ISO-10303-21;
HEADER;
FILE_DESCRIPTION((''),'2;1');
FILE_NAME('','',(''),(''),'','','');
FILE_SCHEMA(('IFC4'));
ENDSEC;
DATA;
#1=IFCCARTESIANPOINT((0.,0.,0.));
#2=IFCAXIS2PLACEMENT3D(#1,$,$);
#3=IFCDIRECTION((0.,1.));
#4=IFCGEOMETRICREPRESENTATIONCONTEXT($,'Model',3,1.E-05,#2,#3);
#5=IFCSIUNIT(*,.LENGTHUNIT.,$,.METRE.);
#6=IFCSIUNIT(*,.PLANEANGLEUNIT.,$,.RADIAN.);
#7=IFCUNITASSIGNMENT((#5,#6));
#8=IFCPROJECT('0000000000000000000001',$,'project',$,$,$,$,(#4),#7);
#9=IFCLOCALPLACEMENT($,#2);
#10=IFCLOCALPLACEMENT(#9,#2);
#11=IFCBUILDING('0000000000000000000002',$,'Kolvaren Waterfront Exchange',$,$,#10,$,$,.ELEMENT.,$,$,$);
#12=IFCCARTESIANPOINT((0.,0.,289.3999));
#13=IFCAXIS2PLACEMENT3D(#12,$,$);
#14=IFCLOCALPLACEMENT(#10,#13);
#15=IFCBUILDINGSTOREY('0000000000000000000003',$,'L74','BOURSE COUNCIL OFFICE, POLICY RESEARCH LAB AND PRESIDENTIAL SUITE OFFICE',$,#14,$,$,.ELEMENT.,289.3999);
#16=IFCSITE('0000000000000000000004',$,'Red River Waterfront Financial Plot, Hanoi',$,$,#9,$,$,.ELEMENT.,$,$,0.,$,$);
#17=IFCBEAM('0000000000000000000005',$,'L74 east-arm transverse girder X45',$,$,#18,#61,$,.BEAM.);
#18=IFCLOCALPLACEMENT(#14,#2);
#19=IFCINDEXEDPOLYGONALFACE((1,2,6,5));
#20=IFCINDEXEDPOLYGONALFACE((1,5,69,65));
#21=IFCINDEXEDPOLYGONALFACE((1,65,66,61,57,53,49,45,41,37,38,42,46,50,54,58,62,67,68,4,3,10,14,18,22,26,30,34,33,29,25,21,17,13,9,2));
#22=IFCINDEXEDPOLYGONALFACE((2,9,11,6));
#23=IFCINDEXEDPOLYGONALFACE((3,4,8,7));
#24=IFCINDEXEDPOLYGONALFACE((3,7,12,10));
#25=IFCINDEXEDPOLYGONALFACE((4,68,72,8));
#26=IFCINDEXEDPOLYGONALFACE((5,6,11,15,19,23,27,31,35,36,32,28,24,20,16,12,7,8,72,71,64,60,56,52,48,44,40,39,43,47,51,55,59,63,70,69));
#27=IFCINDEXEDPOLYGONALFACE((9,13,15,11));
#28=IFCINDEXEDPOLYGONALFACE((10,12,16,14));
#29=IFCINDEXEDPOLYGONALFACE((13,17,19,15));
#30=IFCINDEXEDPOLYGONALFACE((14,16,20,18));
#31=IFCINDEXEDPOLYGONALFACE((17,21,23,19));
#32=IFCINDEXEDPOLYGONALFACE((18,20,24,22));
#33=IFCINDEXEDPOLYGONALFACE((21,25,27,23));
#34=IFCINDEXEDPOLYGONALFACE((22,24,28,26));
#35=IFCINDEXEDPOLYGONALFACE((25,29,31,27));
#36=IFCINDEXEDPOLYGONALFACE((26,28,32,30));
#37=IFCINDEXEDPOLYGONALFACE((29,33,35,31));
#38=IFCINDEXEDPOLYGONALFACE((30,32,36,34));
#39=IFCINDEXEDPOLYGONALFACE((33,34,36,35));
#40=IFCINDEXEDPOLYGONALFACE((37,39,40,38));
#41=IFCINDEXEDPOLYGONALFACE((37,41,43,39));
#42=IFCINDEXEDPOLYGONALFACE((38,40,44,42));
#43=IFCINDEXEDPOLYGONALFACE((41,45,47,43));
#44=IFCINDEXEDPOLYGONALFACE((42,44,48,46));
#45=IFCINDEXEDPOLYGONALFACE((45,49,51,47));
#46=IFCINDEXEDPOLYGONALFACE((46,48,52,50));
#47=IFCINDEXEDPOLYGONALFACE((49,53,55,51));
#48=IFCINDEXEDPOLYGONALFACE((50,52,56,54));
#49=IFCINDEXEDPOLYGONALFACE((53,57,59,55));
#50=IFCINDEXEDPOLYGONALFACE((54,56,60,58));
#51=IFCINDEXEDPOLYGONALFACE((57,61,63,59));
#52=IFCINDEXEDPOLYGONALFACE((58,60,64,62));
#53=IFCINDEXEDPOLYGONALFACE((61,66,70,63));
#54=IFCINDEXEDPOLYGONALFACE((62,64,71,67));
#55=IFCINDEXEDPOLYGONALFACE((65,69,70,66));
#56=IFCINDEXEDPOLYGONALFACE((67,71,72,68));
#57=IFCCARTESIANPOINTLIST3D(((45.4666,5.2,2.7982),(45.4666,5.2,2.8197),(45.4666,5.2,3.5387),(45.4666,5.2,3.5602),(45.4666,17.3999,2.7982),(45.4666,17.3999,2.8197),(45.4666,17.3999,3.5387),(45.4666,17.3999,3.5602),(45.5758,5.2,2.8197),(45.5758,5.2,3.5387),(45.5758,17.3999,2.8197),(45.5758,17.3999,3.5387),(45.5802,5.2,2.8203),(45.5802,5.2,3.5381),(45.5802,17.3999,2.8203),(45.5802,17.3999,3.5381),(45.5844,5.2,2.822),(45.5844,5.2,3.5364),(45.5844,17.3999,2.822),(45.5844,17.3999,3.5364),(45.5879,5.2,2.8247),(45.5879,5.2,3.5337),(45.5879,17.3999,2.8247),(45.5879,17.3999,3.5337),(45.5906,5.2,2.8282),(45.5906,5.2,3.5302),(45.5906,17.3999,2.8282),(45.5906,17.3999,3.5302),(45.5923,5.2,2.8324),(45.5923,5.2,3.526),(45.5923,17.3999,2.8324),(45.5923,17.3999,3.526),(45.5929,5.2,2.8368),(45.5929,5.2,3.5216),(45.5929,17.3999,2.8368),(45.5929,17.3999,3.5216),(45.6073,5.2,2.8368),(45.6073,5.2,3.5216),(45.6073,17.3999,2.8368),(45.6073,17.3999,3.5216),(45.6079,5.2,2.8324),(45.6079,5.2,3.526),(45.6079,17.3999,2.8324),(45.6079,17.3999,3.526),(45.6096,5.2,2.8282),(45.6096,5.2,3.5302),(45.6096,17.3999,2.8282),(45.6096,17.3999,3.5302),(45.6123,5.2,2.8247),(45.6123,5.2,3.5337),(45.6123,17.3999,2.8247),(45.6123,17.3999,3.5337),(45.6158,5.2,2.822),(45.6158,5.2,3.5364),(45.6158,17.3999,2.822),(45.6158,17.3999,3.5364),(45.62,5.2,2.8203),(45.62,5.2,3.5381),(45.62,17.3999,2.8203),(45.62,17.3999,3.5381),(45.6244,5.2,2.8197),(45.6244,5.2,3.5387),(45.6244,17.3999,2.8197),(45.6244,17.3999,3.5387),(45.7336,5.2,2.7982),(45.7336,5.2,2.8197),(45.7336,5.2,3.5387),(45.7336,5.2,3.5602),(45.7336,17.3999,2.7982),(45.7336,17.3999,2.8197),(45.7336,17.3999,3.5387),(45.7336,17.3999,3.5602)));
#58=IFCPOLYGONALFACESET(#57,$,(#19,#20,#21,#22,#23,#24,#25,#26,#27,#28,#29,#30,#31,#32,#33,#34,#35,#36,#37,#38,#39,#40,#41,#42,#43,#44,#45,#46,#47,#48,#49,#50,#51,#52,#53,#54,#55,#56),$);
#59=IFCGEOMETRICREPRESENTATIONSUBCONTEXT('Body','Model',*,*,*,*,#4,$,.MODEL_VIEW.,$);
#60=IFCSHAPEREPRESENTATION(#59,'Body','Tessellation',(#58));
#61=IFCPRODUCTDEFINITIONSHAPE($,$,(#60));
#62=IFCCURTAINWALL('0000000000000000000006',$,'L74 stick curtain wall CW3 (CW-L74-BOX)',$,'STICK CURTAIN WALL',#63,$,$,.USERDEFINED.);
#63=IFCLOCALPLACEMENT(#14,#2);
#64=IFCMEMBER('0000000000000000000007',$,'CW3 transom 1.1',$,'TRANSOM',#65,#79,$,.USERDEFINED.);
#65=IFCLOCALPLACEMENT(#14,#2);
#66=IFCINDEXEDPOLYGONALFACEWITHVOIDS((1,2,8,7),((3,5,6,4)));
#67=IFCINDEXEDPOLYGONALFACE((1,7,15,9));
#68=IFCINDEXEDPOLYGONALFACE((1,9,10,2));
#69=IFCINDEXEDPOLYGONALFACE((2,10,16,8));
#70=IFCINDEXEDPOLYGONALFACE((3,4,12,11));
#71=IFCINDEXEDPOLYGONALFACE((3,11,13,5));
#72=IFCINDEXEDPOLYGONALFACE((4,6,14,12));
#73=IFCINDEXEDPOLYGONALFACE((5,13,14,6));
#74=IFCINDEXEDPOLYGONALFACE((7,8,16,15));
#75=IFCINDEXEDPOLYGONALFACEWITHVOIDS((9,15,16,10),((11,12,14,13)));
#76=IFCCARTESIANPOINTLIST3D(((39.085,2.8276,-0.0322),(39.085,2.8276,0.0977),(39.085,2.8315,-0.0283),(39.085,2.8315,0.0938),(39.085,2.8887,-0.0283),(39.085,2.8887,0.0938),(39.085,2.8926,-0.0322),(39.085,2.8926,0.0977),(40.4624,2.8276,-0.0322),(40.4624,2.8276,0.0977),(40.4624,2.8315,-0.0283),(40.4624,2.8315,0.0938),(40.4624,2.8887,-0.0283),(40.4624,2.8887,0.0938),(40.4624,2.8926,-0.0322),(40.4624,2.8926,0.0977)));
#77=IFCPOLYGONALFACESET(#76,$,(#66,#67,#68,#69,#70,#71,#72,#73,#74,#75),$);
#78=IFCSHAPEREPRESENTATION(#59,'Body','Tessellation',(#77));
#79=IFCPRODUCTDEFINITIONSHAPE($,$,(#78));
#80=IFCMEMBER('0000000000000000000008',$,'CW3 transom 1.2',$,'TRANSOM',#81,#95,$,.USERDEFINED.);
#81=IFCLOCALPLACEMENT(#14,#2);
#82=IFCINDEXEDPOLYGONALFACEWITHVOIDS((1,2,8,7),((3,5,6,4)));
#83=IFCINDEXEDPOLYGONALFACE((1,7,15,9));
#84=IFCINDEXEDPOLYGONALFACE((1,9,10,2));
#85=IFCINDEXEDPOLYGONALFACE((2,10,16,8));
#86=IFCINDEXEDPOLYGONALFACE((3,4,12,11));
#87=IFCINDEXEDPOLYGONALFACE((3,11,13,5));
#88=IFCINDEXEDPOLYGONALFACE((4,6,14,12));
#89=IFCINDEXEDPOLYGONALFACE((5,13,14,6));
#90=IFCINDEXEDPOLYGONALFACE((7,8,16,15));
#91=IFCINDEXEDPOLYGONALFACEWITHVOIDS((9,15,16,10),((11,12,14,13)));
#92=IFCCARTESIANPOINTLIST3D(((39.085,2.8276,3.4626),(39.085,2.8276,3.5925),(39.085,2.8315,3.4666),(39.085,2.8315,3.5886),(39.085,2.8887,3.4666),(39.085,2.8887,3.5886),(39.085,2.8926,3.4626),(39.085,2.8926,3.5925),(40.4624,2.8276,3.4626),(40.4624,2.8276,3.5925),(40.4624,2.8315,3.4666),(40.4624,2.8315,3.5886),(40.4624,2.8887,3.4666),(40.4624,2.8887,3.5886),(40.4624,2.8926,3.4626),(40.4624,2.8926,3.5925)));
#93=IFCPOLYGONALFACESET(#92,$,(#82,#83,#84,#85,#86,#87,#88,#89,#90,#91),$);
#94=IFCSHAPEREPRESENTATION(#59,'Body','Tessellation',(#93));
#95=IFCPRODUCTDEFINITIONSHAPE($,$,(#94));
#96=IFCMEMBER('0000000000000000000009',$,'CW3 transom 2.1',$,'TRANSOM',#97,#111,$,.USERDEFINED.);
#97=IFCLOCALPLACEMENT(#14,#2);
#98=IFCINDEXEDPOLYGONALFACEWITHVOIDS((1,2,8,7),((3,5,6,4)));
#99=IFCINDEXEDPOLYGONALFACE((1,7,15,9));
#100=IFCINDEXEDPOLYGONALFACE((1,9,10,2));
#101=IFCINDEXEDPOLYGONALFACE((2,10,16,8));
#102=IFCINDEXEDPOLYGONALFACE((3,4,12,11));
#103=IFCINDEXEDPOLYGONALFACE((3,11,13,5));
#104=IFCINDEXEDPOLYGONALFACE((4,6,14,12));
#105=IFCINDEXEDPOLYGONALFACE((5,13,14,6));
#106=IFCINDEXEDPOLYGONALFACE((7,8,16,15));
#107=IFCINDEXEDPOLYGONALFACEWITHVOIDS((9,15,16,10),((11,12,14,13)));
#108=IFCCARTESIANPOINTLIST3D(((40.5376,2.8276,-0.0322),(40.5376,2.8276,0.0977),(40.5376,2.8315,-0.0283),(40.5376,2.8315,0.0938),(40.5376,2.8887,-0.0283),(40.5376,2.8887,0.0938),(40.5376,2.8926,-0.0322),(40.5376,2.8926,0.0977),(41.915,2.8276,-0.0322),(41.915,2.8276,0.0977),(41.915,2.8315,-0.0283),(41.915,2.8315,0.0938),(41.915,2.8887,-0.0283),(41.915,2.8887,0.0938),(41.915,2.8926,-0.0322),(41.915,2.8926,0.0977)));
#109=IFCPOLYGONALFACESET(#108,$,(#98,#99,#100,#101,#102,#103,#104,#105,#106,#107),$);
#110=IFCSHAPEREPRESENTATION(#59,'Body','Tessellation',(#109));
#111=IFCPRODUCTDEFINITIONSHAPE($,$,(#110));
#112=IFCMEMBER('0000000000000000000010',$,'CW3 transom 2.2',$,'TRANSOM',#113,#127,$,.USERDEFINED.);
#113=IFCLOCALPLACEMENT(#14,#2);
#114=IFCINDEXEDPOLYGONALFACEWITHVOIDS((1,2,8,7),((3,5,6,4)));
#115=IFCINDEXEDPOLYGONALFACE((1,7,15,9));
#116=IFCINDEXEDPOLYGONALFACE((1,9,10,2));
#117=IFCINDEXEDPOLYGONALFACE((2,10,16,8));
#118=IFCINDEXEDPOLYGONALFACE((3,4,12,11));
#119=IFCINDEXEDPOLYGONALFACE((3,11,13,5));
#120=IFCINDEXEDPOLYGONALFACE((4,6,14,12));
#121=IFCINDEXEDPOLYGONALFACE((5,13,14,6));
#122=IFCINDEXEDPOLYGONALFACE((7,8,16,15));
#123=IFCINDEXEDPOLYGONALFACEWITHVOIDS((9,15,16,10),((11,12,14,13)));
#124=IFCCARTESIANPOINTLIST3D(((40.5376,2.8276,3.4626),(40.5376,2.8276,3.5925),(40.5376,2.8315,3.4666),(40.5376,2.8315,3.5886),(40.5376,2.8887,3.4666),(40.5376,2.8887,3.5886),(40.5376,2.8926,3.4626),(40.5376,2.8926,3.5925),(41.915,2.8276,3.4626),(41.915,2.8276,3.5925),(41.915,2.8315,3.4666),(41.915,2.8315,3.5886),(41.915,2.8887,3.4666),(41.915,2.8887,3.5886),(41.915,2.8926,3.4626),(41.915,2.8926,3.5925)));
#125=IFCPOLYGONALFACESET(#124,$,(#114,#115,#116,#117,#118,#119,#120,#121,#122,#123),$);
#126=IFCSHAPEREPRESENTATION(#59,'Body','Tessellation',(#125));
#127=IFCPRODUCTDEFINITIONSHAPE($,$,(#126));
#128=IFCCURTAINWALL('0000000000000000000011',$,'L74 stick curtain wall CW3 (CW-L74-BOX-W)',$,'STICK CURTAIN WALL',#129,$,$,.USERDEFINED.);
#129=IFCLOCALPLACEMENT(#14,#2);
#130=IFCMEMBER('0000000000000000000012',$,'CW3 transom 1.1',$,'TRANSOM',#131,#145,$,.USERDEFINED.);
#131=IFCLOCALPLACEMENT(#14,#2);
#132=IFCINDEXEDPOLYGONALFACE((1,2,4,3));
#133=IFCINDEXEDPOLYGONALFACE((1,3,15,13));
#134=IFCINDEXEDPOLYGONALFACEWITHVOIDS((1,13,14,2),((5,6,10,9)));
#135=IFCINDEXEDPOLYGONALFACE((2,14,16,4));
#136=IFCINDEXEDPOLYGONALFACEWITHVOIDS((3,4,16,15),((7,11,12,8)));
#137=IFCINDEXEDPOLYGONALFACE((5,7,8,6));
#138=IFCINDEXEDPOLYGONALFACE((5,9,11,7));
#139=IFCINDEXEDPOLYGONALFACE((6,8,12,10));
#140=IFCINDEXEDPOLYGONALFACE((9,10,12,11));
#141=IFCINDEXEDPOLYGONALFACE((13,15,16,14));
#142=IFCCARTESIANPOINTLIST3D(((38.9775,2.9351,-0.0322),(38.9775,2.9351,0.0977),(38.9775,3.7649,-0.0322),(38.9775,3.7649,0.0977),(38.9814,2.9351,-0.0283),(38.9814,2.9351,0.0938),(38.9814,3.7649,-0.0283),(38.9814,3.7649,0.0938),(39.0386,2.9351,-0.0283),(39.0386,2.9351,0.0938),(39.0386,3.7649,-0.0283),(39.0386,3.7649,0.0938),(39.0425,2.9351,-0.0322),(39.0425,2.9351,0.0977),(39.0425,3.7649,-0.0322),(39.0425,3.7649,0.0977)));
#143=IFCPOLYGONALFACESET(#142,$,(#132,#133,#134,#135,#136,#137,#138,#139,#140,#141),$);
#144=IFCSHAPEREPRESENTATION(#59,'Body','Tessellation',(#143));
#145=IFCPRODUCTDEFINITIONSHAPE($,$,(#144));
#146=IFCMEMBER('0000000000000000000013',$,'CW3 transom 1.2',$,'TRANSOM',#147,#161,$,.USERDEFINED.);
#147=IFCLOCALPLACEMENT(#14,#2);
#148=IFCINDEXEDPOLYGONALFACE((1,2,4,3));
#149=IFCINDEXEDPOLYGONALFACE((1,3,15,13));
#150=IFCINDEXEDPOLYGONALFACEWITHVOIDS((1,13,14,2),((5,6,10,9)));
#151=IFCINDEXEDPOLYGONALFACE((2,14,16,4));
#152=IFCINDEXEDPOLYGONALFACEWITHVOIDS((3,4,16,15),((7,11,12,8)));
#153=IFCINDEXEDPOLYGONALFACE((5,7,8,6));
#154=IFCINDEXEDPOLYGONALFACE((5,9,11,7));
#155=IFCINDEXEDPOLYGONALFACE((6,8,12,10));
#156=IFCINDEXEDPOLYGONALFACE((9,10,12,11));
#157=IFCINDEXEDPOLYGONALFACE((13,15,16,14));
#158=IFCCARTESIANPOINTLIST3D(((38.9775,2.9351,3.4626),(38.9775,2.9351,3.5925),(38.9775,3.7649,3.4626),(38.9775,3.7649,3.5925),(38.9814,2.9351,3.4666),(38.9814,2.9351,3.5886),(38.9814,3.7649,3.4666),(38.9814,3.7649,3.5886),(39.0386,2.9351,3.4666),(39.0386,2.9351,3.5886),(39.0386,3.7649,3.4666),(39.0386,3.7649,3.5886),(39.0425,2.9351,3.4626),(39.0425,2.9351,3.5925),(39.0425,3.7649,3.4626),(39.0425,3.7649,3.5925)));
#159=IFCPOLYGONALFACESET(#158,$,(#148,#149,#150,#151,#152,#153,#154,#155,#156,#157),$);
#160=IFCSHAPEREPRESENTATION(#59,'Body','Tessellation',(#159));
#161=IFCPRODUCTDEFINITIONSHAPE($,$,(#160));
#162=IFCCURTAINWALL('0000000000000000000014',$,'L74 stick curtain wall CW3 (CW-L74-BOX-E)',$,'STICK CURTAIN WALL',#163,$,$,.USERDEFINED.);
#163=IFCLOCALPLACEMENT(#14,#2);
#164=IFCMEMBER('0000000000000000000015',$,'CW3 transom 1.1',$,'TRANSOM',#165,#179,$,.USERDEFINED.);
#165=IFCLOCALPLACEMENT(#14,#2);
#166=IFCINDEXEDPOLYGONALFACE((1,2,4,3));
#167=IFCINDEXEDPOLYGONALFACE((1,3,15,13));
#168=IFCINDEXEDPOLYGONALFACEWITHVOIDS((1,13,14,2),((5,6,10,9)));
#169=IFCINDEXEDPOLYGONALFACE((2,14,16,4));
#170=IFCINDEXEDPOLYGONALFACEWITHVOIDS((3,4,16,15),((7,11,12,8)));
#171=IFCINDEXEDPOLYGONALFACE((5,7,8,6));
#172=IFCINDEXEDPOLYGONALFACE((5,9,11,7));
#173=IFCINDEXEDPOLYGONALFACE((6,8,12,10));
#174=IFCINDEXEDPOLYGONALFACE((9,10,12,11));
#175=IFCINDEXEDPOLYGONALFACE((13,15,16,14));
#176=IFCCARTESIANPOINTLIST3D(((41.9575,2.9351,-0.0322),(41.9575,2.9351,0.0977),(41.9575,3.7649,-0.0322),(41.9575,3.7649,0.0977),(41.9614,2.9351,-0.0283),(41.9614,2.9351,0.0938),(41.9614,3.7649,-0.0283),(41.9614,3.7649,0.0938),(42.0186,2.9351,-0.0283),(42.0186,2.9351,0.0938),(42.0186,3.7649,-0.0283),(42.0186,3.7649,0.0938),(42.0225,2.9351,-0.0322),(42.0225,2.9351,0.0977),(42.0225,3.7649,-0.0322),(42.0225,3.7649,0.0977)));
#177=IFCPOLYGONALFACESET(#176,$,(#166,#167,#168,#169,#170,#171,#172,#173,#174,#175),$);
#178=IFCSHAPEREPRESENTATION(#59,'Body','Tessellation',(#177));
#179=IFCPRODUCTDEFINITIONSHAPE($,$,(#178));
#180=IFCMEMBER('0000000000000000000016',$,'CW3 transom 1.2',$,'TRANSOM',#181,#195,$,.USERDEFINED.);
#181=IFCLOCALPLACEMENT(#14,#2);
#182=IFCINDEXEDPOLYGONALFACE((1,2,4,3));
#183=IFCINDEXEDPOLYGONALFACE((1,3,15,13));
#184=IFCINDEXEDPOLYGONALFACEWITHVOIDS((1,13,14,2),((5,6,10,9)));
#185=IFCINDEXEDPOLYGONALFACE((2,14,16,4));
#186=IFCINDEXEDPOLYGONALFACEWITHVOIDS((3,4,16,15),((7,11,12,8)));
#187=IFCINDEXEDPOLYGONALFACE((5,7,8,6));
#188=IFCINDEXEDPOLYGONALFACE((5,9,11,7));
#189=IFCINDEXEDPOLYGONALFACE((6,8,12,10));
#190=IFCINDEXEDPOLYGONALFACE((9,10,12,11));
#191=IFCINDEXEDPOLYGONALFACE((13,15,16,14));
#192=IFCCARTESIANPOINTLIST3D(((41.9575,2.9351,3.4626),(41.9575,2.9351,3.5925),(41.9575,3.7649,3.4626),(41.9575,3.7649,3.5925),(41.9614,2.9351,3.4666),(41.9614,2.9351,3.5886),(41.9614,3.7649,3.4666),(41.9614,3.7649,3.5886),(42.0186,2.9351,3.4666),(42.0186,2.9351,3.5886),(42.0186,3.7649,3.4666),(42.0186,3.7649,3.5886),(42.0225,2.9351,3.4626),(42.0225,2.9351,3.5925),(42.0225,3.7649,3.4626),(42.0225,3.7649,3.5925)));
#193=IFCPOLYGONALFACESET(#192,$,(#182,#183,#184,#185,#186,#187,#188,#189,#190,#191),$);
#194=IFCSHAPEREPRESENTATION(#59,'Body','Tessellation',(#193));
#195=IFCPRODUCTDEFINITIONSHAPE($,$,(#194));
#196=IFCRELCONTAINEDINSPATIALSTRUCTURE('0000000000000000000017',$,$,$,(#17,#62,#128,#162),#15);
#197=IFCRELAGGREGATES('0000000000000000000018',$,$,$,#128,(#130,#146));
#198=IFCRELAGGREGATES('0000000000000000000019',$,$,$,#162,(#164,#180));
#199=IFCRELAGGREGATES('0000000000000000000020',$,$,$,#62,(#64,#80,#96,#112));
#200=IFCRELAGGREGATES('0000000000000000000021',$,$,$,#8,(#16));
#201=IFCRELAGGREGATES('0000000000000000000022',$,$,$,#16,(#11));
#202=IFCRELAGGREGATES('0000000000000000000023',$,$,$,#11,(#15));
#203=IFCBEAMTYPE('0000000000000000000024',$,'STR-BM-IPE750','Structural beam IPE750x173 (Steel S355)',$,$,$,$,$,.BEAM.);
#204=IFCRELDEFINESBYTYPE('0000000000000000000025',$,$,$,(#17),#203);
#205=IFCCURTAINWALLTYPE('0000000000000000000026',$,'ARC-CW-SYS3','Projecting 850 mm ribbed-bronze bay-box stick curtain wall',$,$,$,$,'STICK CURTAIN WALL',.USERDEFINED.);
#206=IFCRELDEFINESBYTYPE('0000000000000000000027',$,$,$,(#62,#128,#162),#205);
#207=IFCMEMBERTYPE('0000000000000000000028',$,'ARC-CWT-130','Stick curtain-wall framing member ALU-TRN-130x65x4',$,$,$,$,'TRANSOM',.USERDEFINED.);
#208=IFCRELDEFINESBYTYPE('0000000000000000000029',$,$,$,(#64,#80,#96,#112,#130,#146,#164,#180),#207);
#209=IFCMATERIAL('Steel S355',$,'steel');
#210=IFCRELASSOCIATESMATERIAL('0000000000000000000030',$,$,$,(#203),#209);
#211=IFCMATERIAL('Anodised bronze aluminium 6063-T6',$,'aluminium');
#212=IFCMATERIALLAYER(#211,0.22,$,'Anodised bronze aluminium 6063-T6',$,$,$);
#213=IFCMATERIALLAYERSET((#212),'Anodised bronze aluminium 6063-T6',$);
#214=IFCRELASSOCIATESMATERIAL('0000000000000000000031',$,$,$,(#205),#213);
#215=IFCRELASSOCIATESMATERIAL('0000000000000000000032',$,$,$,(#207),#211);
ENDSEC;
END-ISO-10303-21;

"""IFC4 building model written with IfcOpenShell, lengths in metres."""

from ifc_helpers import new_model, si_unit, direction, frame, origin, origin_with_axes, origin_2d, place, context, subcontext, project, spatial, hollow_rectangle, i_section, extrude, source, transform, mapped, material, layer, layer_set, material_profile, profile_set, type_object, element, aggregate, save


model = new_model("IFC4")

# Units and contexts
model_context = context("Model", 3, precision=1e-05, world=origin(), true_north=direction((0.0, 1.0)))
body_context = subcontext(model_context, "Body", "Model", "MODEL_VIEW")
ifc_project = project(units=[si_unit("LENGTHUNIT", "METRE"), si_unit("PLANEANGLEUNIT", "RADIAN")], contexts=[model_context])

# Site, building, storey
site_placement = place(None, origin())
site = spatial("IfcSite", under=ifc_project, at=site_placement, Name="Red River Waterfront Financial Plot, Hanoi", CompositionType="ELEMENT", RefElevation=0.0)
building_placement = place(site_placement, origin())
building = spatial("IfcBuilding", under=site, at=building_placement, Name="Kolvaren Waterfront Exchange", CompositionType="ELEMENT")
storey_placement = place(building_placement, frame((0.0, 0.0, 289.3999)))
storey = spatial("IfcBuildingStorey", under=building, at=storey_placement, Name="L74", Description="BOURSE COUNCIL OFFICE, POLICY RESEARCH LAB AND PRESIDENTIAL SUITE OFFICE", CompositionType="ELEMENT", Elevation=289.3999)

# Beam
ifc_material_1 = material(Name="Steel S355", Category="steel")
ifc_material_profile_1 = material_profile(ifc_material_1, i_section(OverallWidth=0.2671, OverallDepth=0.762, WebThickness=0.0144, FlangeThickness=0.0215, FilletRadius=0.0171, at=origin_2d()), Name="IPE750x173")
ifc_profile_set_1 = profile_set([ifc_material_profile_1], Name="Steel S355")
beam_type_1 = type_object("IfcBeamType", Name="STR-BM-IPE750", Description="Structural beam IPE750x173 (Steel S355)", PredefinedType="BEAM", material=ifc_profile_set_1)
for number, where, z_axis, x_axis, name in (
    (1, (45.6001, 5.2, 3.1792), (0.0, 1.0, 0.0), (-1.0, 0.0, 0.0), "L74 east-arm transverse girder X45"),
):
    element("IfcBeam", number, at=place(storey_placement, frame(where, z_axis=z_axis, x_axis=x_axis)), inside=storey, type_object=beam_type_1, Name=name, PredefinedType="BEAM", context=body_context, shape_type="SweptSolid", body=[
        extrude(i_section(OverallWidth=0.2671, OverallDepth=0.762, WebThickness=0.0144, FlangeThickness=0.0215, FilletRadius=0.0171, at=origin_2d()), origin(), (0.0, 0.0, 1.0), 12.2),
    ])

# Curtain walls, members
ifc_material_2 = material(Name="Anodised bronze aluminium 6063-T6", Category="aluminium")
ifc_layer_1 = layer(ifc_material_2, 0.22, Name="Anodised bronze aluminium 6063-T6")
ifc_layer_set_1 = layer_set([ifc_layer_1], Name="Anodised bronze aluminium 6063-T6")
curtain_wall_type_1 = type_object("IfcCurtainWallType", Name="ARC-CW-SYS3", Description="Projecting 850 mm ribbed-bronze bay-box stick curtain wall", ElementType="STICK CURTAIN WALL", PredefinedType="USERDEFINED", material=ifc_layer_set_1)
curtain_wall_1_placement = place(storey_placement, origin())
curtain_wall_1 = element("IfcCurtainWall", 2, at=curtain_wall_1_placement, inside=storey, type_object=curtain_wall_type_1, Name="L74 stick curtain wall CW3 (CW-L74-BOX)", ObjectType="STICK CURTAIN WALL", PredefinedType="USERDEFINED")
ifc_material_profile_2 = material_profile(ifc_material_2, hollow_rectangle(XDim=0.0649, YDim=0.1299, WallThickness=0.0039, at=origin_2d()), Name="ALU-TRN-130x65x4")
ifc_profile_set_2 = profile_set([ifc_material_profile_2], Name="Anodised bronze aluminium 6063-T6")
member_type_1 = type_object("IfcMemberType", Name="ARC-CWT-130", Description="Stick curtain-wall framing member ALU-TRN-130x65x4", ElementType="TRANSOM", PredefinedType="USERDEFINED", material=ifc_profile_set_2)
shared_shape_1 = source(origin_with_axes(), body_context, "Body", "SweptSolid", [
    extrude(hollow_rectangle(XDim=0.0649, YDim=0.1299, WallThickness=0.0039, at=origin_2d()), origin(), (0.0, 0.0, 1.0), 1.3774),
])
member_1_placement = place(storey_placement, frame((39.085, 2.8601, 0.0327), z_axis=(1.0, 0.0, 0.0), x_axis=(0.0, 1.0, 0.0)))
member_1 = element("IfcMember", 3, at=member_1_placement, type_object=member_type_1, Name="CW3 transom 1.1", ObjectType="TRANSOM", PredefinedType="USERDEFINED", context=body_context, shape_type="MappedRepresentation", body=[
    mapped(shared_shape_1, transform((0.0, 0.0, 0.0), x_axis=(1.0, 0.0, 0.0), y_axis=(0.0, 1.0, 0.0), z_axis=(0.0, 0.0, 1.0), scale=1.0)),
])
member_2_placement = place(storey_placement, frame((39.085, 2.8601, 3.5276), z_axis=(1.0, 0.0, 0.0), x_axis=(0.0, 1.0, 0.0)))
member_2 = element("IfcMember", 4, at=member_2_placement, type_object=member_type_1, Name="CW3 transom 1.2", ObjectType="TRANSOM", PredefinedType="USERDEFINED", context=body_context, shape_type="MappedRepresentation", body=[
    mapped(shared_shape_1, transform((0.0, 0.0, 0.0), x_axis=(1.0, 0.0, 0.0), y_axis=(0.0, 1.0, 0.0), z_axis=(0.0, 0.0, 1.0), scale=1.0)),
])
member_3_placement = place(storey_placement, frame((40.5376, 2.8601, 0.0327), z_axis=(1.0, 0.0, 0.0), x_axis=(0.0, 1.0, 0.0)))
member_3 = element("IfcMember", 5, at=member_3_placement, type_object=member_type_1, Name="CW3 transom 2.1", ObjectType="TRANSOM", PredefinedType="USERDEFINED", context=body_context, shape_type="MappedRepresentation", body=[
    mapped(shared_shape_1, transform((0.0, 0.0, 0.0), x_axis=(1.0, 0.0, 0.0), y_axis=(0.0, 1.0, 0.0), z_axis=(0.0, 0.0, 1.0), scale=1.0)),
])
member_4_placement = place(storey_placement, frame((40.5376, 2.8601, 3.5276), z_axis=(1.0, 0.0, 0.0), x_axis=(0.0, 1.0, 0.0)))
member_4 = element("IfcMember", 6, at=member_4_placement, type_object=member_type_1, Name="CW3 transom 2.2", ObjectType="TRANSOM", PredefinedType="USERDEFINED", context=body_context, shape_type="MappedRepresentation", body=[
    mapped(shared_shape_1, transform((0.0, 0.0, 0.0), x_axis=(1.0, 0.0, 0.0), y_axis=(0.0, 1.0, 0.0), z_axis=(0.0, 0.0, 1.0), scale=1.0)),
])
curtain_wall_2_placement = place(storey_placement, origin())
curtain_wall_2 = element("IfcCurtainWall", 7, at=curtain_wall_2_placement, inside=storey, type_object=curtain_wall_type_1, Name="L74 stick curtain wall CW3 (CW-L74-BOX-W)", ObjectType="STICK CURTAIN WALL", PredefinedType="USERDEFINED")
shared_shape_2 = source(origin_with_axes(), body_context, "Body", "SweptSolid", [
    extrude(hollow_rectangle(XDim=0.0649, YDim=0.1299, WallThickness=0.0039, at=origin_2d()), origin(), (0.0, 0.0, 1.0), 0.8298),
])
member_5_placement = place(storey_placement, frame((39.01, 3.7649, 0.0327), z_axis=(0.0, -1.0, 0.0), x_axis=(1.0, 0.0, 0.0)))
member_5 = element("IfcMember", 8, at=member_5_placement, type_object=member_type_1, Name="CW3 transom 1.1", ObjectType="TRANSOM", PredefinedType="USERDEFINED", context=body_context, shape_type="MappedRepresentation", body=[
    mapped(shared_shape_2, transform((0.0, 0.0, 0.0), x_axis=(1.0, 0.0, 0.0), y_axis=(0.0, 1.0, 0.0), z_axis=(0.0, 0.0, 1.0), scale=1.0)),
])
member_6_placement = place(storey_placement, frame((39.01, 3.7649, 3.5276), z_axis=(0.0, -1.0, 0.0), x_axis=(1.0, 0.0, 0.0)))
member_6 = element("IfcMember", 9, at=member_6_placement, type_object=member_type_1, Name="CW3 transom 1.2", ObjectType="TRANSOM", PredefinedType="USERDEFINED", context=body_context, shape_type="MappedRepresentation", body=[
    mapped(shared_shape_2, transform((0.0, 0.0, 0.0), x_axis=(1.0, 0.0, 0.0), y_axis=(0.0, 1.0, 0.0), z_axis=(0.0, 0.0, 1.0), scale=1.0)),
])
curtain_wall_3_placement = place(storey_placement, origin())
curtain_wall_3 = element("IfcCurtainWall", 10, at=curtain_wall_3_placement, inside=storey, type_object=curtain_wall_type_1, Name="L74 stick curtain wall CW3 (CW-L74-BOX-E)", ObjectType="STICK CURTAIN WALL", PredefinedType="USERDEFINED")
member_7_placement = place(storey_placement, frame((41.99, 2.9351, 0.0327), z_axis=(0.0, 1.0, 0.0), x_axis=(-1.0, 0.0, 0.0)))
member_7 = element("IfcMember", 11, at=member_7_placement, type_object=member_type_1, Name="CW3 transom 1.1", ObjectType="TRANSOM", PredefinedType="USERDEFINED", context=body_context, shape_type="MappedRepresentation", body=[
    mapped(shared_shape_2, transform((0.0, 0.0, 0.0), x_axis=(1.0, 0.0, 0.0), y_axis=(0.0, 1.0, 0.0), z_axis=(0.0, 0.0, 1.0), scale=1.0)),
])
member_8_placement = place(storey_placement, frame((41.99, 2.9351, 3.5276), z_axis=(0.0, 1.0, 0.0), x_axis=(-1.0, 0.0, 0.0)))
member_8 = element("IfcMember", 12, at=member_8_placement, type_object=member_type_1, Name="CW3 transom 1.2", ObjectType="TRANSOM", PredefinedType="USERDEFINED", context=body_context, shape_type="MappedRepresentation", body=[
    mapped(shared_shape_2, transform((0.0, 0.0, 0.0), x_axis=(1.0, 0.0, 0.0), y_axis=(0.0, 1.0, 0.0), z_axis=(0.0, 0.0, 1.0), scale=1.0)),
])

aggregate(curtain_wall_2, [member_5, member_6])
aggregate(curtain_wall_3, [member_7, member_8])
aggregate(curtain_wall_1, [member_1, member_2, member_3, member_4])

save(model, "model.ifc")
